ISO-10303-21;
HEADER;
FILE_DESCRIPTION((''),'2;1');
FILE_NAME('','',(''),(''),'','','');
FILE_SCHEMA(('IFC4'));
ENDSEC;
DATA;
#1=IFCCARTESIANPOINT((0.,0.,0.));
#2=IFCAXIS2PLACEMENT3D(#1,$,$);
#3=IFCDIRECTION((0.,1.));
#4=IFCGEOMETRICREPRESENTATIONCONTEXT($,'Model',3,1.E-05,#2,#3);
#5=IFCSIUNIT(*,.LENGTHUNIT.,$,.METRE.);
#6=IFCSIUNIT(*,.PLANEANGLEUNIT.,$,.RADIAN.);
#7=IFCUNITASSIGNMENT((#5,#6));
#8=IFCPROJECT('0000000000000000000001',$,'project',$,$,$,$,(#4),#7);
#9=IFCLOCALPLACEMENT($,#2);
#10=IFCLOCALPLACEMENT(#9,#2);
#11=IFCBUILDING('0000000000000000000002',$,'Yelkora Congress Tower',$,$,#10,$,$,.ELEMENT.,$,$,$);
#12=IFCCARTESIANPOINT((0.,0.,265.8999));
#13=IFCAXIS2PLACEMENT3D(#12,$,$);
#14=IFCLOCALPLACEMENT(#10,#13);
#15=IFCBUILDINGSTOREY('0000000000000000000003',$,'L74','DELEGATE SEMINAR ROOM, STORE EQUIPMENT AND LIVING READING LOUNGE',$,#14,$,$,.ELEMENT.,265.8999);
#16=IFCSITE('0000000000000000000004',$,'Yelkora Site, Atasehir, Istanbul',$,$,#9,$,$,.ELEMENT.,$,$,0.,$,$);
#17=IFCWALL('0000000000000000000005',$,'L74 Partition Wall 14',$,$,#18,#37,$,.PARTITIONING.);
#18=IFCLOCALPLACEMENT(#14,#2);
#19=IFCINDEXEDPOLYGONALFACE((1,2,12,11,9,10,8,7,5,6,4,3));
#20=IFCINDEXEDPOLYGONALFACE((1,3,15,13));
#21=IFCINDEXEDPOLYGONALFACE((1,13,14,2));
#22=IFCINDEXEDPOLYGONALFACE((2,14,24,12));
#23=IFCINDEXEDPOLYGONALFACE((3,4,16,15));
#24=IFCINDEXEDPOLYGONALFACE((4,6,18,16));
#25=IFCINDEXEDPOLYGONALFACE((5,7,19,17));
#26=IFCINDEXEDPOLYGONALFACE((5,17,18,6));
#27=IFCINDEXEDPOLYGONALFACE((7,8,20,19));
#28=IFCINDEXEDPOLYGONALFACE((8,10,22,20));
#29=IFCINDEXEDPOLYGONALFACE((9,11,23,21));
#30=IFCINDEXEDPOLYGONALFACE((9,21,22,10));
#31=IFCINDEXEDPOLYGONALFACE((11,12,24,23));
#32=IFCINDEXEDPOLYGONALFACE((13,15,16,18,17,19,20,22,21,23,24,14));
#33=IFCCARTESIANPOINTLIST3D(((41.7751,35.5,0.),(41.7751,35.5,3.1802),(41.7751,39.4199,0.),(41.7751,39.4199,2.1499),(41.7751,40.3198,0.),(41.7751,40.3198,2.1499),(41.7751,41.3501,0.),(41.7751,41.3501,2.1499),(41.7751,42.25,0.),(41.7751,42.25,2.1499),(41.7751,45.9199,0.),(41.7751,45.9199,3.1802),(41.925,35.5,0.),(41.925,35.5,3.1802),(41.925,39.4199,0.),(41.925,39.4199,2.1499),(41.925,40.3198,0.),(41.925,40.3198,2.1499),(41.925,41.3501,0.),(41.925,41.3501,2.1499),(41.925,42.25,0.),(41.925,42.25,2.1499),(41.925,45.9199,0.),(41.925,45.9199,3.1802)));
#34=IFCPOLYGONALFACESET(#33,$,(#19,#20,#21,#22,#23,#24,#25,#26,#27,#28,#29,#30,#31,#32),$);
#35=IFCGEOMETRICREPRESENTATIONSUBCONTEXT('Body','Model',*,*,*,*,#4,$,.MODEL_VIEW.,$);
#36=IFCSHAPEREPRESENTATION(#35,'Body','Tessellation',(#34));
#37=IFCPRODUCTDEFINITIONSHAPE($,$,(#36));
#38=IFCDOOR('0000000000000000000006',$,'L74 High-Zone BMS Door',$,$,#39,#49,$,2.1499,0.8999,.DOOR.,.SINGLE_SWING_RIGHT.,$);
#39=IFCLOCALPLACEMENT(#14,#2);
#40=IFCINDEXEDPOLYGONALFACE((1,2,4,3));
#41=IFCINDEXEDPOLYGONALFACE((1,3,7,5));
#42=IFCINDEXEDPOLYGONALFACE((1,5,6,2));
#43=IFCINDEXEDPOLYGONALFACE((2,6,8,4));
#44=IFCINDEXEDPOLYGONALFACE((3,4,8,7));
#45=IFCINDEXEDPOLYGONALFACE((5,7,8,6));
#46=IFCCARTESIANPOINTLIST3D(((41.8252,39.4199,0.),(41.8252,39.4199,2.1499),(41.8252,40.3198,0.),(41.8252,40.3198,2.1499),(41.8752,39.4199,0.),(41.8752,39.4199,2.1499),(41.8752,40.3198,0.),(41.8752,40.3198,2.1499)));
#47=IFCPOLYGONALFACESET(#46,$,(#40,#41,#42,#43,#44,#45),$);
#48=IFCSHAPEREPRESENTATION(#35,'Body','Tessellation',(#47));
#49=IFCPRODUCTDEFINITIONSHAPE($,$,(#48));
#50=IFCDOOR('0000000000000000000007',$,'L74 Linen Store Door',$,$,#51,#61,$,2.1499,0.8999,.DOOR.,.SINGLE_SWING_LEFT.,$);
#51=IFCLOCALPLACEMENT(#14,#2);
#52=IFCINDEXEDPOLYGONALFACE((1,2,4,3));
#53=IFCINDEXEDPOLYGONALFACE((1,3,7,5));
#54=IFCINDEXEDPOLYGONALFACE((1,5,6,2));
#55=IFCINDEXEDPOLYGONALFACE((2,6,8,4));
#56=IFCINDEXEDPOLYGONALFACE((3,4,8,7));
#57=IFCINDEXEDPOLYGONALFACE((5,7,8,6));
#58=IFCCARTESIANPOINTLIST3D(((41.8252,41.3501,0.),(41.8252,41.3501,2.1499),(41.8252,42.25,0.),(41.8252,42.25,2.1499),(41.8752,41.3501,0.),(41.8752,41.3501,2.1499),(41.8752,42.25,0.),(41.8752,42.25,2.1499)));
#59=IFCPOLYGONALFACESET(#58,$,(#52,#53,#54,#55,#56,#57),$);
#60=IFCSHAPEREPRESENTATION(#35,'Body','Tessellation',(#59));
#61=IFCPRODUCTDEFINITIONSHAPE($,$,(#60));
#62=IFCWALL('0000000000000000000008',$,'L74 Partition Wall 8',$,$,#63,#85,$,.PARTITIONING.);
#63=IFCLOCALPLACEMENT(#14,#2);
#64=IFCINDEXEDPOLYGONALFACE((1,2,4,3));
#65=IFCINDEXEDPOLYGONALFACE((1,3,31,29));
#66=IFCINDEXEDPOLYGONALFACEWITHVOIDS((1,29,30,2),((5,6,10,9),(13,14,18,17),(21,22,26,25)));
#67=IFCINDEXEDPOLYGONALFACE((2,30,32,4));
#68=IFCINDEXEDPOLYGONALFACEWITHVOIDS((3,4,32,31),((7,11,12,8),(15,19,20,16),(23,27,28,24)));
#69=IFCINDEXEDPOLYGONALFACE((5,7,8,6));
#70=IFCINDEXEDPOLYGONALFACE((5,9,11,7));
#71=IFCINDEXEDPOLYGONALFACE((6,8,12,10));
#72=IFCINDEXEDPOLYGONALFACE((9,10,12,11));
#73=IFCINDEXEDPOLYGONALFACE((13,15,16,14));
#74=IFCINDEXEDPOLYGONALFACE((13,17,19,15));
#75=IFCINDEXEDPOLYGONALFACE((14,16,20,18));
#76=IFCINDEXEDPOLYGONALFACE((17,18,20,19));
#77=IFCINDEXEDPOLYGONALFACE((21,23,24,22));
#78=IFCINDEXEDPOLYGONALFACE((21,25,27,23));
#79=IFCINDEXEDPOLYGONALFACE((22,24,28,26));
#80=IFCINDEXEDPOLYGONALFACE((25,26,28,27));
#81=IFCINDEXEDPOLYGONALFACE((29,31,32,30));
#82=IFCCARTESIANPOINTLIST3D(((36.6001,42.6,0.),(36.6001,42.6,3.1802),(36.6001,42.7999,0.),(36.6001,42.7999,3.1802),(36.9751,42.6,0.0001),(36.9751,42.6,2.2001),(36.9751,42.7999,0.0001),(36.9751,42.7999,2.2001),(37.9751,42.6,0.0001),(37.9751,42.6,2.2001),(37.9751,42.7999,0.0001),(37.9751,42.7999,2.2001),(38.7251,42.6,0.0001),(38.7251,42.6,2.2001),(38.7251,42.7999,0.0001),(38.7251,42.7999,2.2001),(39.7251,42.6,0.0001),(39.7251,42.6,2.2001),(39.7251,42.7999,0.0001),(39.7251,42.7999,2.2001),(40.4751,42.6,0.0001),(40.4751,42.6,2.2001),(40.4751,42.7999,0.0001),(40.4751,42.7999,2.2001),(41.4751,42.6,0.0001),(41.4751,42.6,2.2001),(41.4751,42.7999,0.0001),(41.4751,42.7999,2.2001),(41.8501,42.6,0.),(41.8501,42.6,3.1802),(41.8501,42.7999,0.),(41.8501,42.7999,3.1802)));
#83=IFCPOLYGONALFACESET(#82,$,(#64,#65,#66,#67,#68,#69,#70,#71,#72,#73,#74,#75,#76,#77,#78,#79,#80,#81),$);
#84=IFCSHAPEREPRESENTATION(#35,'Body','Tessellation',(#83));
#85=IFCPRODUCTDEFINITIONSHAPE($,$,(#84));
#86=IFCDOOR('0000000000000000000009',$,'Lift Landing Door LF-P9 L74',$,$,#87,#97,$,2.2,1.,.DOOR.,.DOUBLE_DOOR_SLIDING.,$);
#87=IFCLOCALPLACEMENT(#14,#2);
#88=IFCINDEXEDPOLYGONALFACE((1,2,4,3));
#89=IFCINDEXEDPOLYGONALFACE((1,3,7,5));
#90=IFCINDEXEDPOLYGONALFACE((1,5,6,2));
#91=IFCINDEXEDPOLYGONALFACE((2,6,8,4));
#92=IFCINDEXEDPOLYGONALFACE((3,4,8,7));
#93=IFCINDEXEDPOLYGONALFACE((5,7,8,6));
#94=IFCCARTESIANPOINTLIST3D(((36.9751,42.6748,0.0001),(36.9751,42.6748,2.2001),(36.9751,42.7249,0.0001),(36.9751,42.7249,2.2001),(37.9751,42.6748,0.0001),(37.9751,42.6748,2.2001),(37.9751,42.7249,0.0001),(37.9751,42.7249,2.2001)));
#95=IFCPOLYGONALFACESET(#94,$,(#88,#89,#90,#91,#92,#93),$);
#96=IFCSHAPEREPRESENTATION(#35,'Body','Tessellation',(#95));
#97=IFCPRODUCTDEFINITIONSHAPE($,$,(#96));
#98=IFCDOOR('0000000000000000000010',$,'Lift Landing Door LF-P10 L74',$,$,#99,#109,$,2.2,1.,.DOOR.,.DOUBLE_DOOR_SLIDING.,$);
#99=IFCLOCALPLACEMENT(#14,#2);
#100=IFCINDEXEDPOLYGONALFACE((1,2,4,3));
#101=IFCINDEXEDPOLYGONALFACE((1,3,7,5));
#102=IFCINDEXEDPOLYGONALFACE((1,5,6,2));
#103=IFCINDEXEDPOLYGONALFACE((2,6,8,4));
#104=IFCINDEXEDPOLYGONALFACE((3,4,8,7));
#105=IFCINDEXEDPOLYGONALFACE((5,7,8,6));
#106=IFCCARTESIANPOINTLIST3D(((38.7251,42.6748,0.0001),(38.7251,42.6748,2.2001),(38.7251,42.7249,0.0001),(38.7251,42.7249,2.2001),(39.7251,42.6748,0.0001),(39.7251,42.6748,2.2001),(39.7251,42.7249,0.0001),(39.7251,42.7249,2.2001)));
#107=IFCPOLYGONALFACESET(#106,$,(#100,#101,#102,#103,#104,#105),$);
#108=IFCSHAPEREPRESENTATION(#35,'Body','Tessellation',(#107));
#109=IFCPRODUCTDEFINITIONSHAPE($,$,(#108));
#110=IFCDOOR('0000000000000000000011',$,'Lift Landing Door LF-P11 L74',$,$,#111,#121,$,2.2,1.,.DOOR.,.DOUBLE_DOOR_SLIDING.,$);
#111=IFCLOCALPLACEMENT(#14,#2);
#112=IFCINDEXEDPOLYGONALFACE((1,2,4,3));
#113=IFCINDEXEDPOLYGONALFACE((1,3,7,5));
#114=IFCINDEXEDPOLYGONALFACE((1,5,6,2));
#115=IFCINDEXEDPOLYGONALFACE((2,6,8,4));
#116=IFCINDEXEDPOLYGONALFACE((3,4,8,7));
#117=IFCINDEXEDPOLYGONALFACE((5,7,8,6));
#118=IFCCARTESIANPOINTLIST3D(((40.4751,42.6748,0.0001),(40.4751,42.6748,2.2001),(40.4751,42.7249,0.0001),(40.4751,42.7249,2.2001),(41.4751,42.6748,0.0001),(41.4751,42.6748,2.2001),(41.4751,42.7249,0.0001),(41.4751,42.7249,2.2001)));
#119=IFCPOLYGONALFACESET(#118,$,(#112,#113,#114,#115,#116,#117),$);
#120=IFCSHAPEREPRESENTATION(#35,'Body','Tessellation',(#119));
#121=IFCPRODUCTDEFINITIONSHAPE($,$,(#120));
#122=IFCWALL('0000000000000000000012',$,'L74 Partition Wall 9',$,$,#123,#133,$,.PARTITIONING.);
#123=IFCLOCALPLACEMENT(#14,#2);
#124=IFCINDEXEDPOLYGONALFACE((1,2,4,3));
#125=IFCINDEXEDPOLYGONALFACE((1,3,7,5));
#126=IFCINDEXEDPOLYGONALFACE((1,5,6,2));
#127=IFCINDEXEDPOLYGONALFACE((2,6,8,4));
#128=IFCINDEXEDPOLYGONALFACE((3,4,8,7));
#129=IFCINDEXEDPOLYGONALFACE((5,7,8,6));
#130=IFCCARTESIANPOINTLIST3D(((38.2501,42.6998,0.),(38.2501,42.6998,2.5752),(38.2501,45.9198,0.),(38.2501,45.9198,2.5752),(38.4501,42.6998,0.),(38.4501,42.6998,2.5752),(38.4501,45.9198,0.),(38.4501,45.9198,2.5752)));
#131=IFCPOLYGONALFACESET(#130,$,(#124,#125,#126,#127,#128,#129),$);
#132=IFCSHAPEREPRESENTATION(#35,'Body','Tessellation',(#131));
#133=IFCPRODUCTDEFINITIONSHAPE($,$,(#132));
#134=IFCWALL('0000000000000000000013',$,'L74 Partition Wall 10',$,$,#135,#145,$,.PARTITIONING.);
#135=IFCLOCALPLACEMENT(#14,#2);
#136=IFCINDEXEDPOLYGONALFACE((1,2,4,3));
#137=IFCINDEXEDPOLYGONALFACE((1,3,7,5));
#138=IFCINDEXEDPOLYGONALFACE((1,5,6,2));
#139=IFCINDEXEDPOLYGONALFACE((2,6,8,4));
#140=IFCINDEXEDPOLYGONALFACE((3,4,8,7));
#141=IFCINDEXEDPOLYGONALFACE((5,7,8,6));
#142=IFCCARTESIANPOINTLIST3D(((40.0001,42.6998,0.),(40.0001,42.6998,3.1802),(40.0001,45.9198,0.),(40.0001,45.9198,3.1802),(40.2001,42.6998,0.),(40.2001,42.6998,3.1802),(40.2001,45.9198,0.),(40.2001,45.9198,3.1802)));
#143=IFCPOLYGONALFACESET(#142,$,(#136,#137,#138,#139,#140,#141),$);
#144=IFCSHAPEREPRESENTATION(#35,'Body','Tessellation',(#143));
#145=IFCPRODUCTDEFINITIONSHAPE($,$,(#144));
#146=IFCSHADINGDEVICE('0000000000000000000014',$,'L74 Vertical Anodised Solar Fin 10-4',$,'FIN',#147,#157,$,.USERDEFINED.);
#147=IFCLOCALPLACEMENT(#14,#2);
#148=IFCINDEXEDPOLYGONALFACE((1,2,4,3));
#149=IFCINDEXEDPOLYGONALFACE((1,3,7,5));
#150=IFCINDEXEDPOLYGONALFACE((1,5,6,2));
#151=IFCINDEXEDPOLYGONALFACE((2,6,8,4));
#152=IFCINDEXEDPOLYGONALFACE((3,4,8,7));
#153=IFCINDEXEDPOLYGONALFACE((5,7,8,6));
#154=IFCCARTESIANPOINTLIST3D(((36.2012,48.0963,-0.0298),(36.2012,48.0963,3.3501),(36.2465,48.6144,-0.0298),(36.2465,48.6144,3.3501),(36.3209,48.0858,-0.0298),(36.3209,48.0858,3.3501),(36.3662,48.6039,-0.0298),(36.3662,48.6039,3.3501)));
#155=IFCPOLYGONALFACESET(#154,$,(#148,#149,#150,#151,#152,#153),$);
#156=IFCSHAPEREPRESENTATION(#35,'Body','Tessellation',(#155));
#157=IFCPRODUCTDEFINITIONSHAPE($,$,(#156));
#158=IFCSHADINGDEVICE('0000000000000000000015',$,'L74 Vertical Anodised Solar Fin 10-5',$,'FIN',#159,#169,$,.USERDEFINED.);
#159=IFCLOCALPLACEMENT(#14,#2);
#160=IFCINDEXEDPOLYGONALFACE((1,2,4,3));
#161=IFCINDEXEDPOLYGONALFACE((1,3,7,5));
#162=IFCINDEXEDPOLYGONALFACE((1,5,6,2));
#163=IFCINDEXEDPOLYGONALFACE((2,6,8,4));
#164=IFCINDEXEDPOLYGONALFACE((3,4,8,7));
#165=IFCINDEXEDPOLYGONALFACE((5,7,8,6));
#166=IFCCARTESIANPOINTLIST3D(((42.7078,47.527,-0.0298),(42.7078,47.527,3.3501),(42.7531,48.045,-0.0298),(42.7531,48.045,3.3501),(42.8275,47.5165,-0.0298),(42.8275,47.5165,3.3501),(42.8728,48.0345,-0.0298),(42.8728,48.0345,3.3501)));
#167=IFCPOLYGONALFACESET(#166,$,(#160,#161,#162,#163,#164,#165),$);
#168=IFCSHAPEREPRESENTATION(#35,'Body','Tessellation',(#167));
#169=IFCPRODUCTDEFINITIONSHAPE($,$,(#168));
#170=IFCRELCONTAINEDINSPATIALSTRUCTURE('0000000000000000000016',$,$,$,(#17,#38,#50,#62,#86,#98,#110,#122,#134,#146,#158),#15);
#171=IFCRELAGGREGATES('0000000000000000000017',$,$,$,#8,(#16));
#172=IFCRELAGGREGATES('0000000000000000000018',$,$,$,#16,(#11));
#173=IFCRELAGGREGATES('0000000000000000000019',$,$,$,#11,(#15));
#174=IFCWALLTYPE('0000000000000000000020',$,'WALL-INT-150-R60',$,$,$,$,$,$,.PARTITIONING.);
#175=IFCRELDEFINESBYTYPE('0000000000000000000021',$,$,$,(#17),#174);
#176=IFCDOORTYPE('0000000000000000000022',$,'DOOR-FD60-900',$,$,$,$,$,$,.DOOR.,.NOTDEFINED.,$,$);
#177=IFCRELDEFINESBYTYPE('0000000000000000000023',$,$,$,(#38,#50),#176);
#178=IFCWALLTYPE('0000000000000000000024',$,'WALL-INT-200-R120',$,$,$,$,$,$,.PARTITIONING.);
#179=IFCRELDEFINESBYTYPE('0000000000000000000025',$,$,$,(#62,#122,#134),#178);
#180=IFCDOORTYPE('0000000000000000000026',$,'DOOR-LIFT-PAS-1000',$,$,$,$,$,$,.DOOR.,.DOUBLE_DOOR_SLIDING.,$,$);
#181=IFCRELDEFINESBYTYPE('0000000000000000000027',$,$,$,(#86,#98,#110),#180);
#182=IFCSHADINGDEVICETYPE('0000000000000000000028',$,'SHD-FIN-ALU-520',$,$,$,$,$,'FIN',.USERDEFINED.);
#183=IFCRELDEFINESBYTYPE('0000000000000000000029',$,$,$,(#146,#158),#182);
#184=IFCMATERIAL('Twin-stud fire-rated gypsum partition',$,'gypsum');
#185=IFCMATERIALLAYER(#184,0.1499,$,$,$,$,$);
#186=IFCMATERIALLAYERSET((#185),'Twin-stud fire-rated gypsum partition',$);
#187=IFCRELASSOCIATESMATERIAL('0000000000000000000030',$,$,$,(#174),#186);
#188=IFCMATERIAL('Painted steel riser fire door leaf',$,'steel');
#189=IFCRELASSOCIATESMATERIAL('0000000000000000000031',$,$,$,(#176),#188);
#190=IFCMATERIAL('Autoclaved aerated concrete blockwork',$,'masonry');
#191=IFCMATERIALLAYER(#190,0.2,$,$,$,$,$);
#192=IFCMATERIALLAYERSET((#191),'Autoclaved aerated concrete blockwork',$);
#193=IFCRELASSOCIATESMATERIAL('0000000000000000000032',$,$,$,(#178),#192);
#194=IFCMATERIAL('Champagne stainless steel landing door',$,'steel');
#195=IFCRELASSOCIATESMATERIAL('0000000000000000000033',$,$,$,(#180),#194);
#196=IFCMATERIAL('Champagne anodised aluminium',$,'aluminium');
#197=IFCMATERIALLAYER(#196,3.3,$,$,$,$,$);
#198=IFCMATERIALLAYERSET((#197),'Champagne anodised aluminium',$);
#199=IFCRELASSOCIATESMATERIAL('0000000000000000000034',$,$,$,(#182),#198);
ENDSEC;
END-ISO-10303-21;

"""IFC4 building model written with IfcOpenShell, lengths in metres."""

from ifc_helpers import new_model, si_unit, direction, frame, frame_2d, origin, origin_2d, place, context, subcontext, project, spatial, rectangle, extrude, material, layer, layer_set, type_object, element, fill, save


model = new_model("IFC4")

# Units and contexts
model_context = context("Model", 3, precision=1e-05, world=origin(), true_north=direction((0.0, 1.0)))
body_context = subcontext(model_context, "Body", "Model", "MODEL_VIEW")
ifc_project = project(units=[si_unit("LENGTHUNIT", "METRE"), si_unit("PLANEANGLEUNIT", "RADIAN")], contexts=[model_context])

# Site, building, storey
site_placement = place(None, origin())
site = spatial("IfcSite", under=ifc_project, at=site_placement, Name="Yelkora Site, Atasehir, Istanbul", CompositionType="ELEMENT", RefElevation=0.0)
building_placement = place(site_placement, origin())
building = spatial("IfcBuilding", under=site, at=building_placement, Name="Yelkora Congress Tower", CompositionType="ELEMENT")
storey_placement = place(building_placement, frame((0.0, 0.0, 265.8999)))
storey = spatial("IfcBuildingStorey", under=building, at=storey_placement, Name="L74", Description="DELEGATE SEMINAR ROOM, STORE EQUIPMENT AND LIVING READING LOUNGE", CompositionType="ELEMENT", Elevation=265.8999)

# Shared definitions
ifc_material_1 = material(Name="Twin-stud fire-rated gypsum partition", Category="gypsum")
ifc_layer_1 = layer(ifc_material_1, 0.1499)
ifc_layer_set_1 = layer_set([ifc_layer_1], Name="Twin-stud fire-rated gypsum partition")
wall_type_1 = type_object("IfcWallType", Name="WALL-INT-150-R60", PredefinedType="PARTITIONING", material=ifc_layer_set_1)

# Shared definitions
ifc_material_2 = material(Name="Painted steel riser fire door leaf", Category="steel")
door_type_1 = type_object("IfcDoorType", Name="DOOR-FD60-900", OperationType="NOTDEFINED", PredefinedType="DOOR", material=ifc_material_2)

# Walls, openings, doors
wall_1_placement = place(storey_placement, frame((41.8501, 35.5, 0.0), z_axis=(0.0, 0.0, 1.0), x_axis=(0.0, 1.0, 0.0)))
wall_1 = element("IfcWall", 1, at=wall_1_placement, inside=storey, type_object=wall_type_1, Name="L74 Partition Wall 14", PredefinedType="PARTITIONING", context=body_context, shape_type="SweptSolid", body=[
    extrude(rectangle(XDim=10.4199, YDim=0.1499, at=frame_2d((5.21, 0.0))), origin(), (0.0, 0.0, 1.0), 3.1802),
])
opening_1_placement = place(wall_1_placement, frame((3.9199, 0.0, 0.0)))
opening_1 = element("IfcOpeningElement", 2, at=opening_1_placement, cuts=wall_1, PredefinedType="OPENING", context=body_context, shape_type="SweptSolid", body=[
    extrude(rectangle(XDim=0.8999, YDim=2.1499, at=frame_2d((0.45, 1.075))), frame((0.0, 0.085, 0.0), z_axis=(0.0, -1.0, 0.0), x_axis=(1.0, 0.0, 0.0)), (0.0, 0.0, 1.0), 0.1699),
])
opening_2_placement = place(wall_1_placement, frame((5.8501, 0.0, 0.0)))
opening_2 = element("IfcOpeningElement", 3, at=opening_2_placement, cuts=wall_1, PredefinedType="OPENING", context=body_context, shape_type="SweptSolid", body=[
    extrude(rectangle(XDim=0.8999, YDim=2.1499, at=frame_2d((0.45, 1.075))), frame((0.0, 0.085, 0.0), z_axis=(0.0, -1.0, 0.0), x_axis=(1.0, 0.0, 0.0)), (0.0, 0.0, 1.0), 0.1699),
])
door_1_placement = place(opening_1_placement, origin())
door_1 = element("IfcDoor", 4, at=door_1_placement, inside=storey, type_object=door_type_1, Name="L74 High-Zone BMS Door", OperationType="SINGLE_SWING_RIGHT", OverallHeight=2.1499, OverallWidth=0.8999, PredefinedType="DOOR", context=body_context, shape_type="SweptSolid", body=[
    extrude(rectangle(XDim=0.8999, YDim=2.1499, at=frame_2d((0.45, 1.075))), frame((0.0, 0.0249, 0.0), z_axis=(0.0, -1.0, 0.0), x_axis=(1.0, 0.0, 0.0)), (0.0, 0.0, 1.0), 0.05),
])
fill(opening_1, door_1)
door_2_placement = place(opening_2_placement, origin())
door_2 = element("IfcDoor", 5, at=door_2_placement, inside=storey, type_object=door_type_1, Name="L74 Linen Store Door", OperationType="SINGLE_SWING_LEFT", OverallHeight=2.1499, OverallWidth=0.8999, PredefinedType="DOOR", context=body_context, shape_type="SweptSolid", body=[
    extrude(rectangle(XDim=0.8999, YDim=2.1499, at=frame_2d((0.45, 1.075))), frame((0.0, 0.0249, 0.0), z_axis=(0.0, -1.0, 0.0), x_axis=(1.0, 0.0, 0.0)), (0.0, 0.0, 1.0), 0.05),
])
fill(opening_2, door_2)
ifc_material_3 = material(Name="Autoclaved aerated concrete blockwork", Category="masonry")
ifc_layer_2 = layer(ifc_material_3, 0.2)
ifc_layer_set_2 = layer_set([ifc_layer_2], Name="Autoclaved aerated concrete blockwork")
wall_type_2 = type_object("IfcWallType", Name="WALL-INT-200-R120", PredefinedType="PARTITIONING", material=ifc_layer_set_2)
wall_2_placement = place(storey_placement, frame((36.6001, 42.7, 0.0), z_axis=(0.0, 0.0, 1.0), x_axis=(1.0, 0.0, 0.0)))
wall_2 = element("IfcWall", 6, at=wall_2_placement, inside=storey, type_object=wall_type_2, Name="L74 Partition Wall 8", PredefinedType="PARTITIONING", context=body_context, shape_type="SweptSolid", body=[
    extrude(rectangle(XDim=5.25, YDim=0.2, at=frame_2d((2.625, 0.0))), origin(), (0.0, 0.0, 1.0), 3.1802),
])
opening_3_placement = place(wall_2_placement, frame((0.375, 0.0, 0.0)))
opening_3 = element("IfcOpeningElement", 7, at=opening_3_placement, cuts=wall_2, PredefinedType="OPENING", context=body_context, shape_type="SweptSolid", body=[
    extrude(rectangle(XDim=1.0, YDim=2.2, at=frame_2d((0.5, 1.1001))), frame((0.0, 0.1099, 0.0), z_axis=(0.0, -1.0, 0.0), x_axis=(1.0, 0.0, 0.0)), (0.0, 0.0, 1.0), 0.22),
])
opening_4_placement = place(wall_2_placement, frame((2.125, 0.0, 0.0)))
opening_4 = element("IfcOpeningElement", 8, at=opening_4_placement, cuts=wall_2, PredefinedType="OPENING", context=body_context, shape_type="SweptSolid", body=[
    extrude(rectangle(XDim=1.0, YDim=2.2, at=frame_2d((0.5, 1.1001))), frame((0.0, 0.1099, 0.0), z_axis=(0.0, -1.0, 0.0), x_axis=(1.0, 0.0, 0.0)), (0.0, 0.0, 1.0), 0.22),
])
opening_5_placement = place(wall_2_placement, frame((3.875, 0.0, 0.0)))
opening_5 = element("IfcOpeningElement", 9, at=opening_5_placement, cuts=wall_2, PredefinedType="OPENING", context=body_context, shape_type="SweptSolid", body=[
    extrude(rectangle(XDim=1.0, YDim=2.2, at=frame_2d((0.5, 1.1001))), frame((0.0, 0.1099, 0.0), z_axis=(0.0, -1.0, 0.0), x_axis=(1.0, 0.0, 0.0)), (0.0, 0.0, 1.0), 0.22),
])
ifc_material_4 = material(Name="Champagne stainless steel landing door", Category="steel")
door_type_2 = type_object("IfcDoorType", Name="DOOR-LIFT-PAS-1000", OperationType="DOUBLE_DOOR_SLIDING", PredefinedType="DOOR", material=ifc_material_4)
door_3_placement = place(opening_3_placement, origin())
door_3 = element("IfcDoor", 10, at=door_3_placement, inside=storey, type_object=door_type_2, Name="Lift Landing Door LF-P9 L74", OperationType="DOUBLE_DOOR_SLIDING", OverallHeight=2.2, OverallWidth=1.0, PredefinedType="DOOR", context=body_context, shape_type="SweptSolid", body=[
    extrude(rectangle(XDim=1.0, YDim=2.2, at=frame_2d((0.5, 1.1001))), frame((0.0, 0.0249, 0.0), z_axis=(0.0, -1.0, 0.0), x_axis=(1.0, 0.0, 0.0)), (0.0, 0.0, 1.0), 0.05),
])
fill(opening_3, door_3)
door_4_placement = place(opening_4_placement, origin())
door_4 = element("IfcDoor", 11, at=door_4_placement, inside=storey, type_object=door_type_2, Name="Lift Landing Door LF-P10 L74", OperationType="DOUBLE_DOOR_SLIDING", OverallHeight=2.2, OverallWidth=1.0, PredefinedType="DOOR", context=body_context, shape_type="SweptSolid", body=[
    extrude(rectangle(XDim=1.0, YDim=2.2, at=frame_2d((0.5, 1.1001))), frame((0.0, 0.0249, 0.0), z_axis=(0.0, -1.0, 0.0), x_axis=(1.0, 0.0, 0.0)), (0.0, 0.0, 1.0), 0.05),
])
fill(opening_4, door_4)
door_5_placement = place(opening_5_placement, origin())
door_5 = element("IfcDoor", 12, at=door_5_placement, inside=storey, type_object=door_type_2, Name="Lift Landing Door LF-P11 L74", OperationType="DOUBLE_DOOR_SLIDING", OverallHeight=2.2, OverallWidth=1.0, PredefinedType="DOOR", context=body_context, shape_type="SweptSolid", body=[
    extrude(rectangle(XDim=1.0, YDim=2.2, at=frame_2d((0.5, 1.1001))), frame((0.0, 0.0249, 0.0), z_axis=(0.0, -1.0, 0.0), x_axis=(1.0, 0.0, 0.0)), (0.0, 0.0, 1.0), 0.05),
])
fill(opening_5, door_5)

# Walls
wall_3_placement = place(storey_placement, frame((38.3501, 42.7, 0.0), z_axis=(0.0, 0.0, 1.0), x_axis=(0.0, 1.0, 0.0)))
element("IfcWall", 13, at=wall_3_placement, inside=storey, type_object=wall_type_2, Name="L74 Partition Wall 9", PredefinedType="PARTITIONING", context=body_context, shape_type="SweptSolid", body=[
    extrude(rectangle(XDim=3.22, YDim=0.2, at=frame_2d((1.6099, 0.0))), origin(), (0.0, 0.0, 1.0), 2.5752),
])
wall_4_placement = place(storey_placement, frame((40.1001, 42.7, 0.0), z_axis=(0.0, 0.0, 1.0), x_axis=(0.0, 1.0, 0.0)))
element("IfcWall", 14, at=wall_4_placement, inside=storey, type_object=wall_type_2, Name="L74 Partition Wall 10", PredefinedType="PARTITIONING", context=body_context, shape_type="SweptSolid", body=[
    extrude(rectangle(XDim=3.22, YDim=0.2, at=frame_2d((1.6099, 0.0))), origin(), (0.0, 0.0, 1.0), 3.1802),
])

# Shading devices
ifc_material_5 = material(Name="Champagne anodised aluminium", Category="aluminium")
ifc_layer_3 = layer(ifc_material_5, 3.3)
ifc_layer_set_3 = layer_set([ifc_layer_3], Name="Champagne anodised aluminium")
shading_device_type = type_object("IfcShadingDeviceType", Name="SHD-FIN-ALU-520", ElementType="FIN", PredefinedType="USERDEFINED", material=ifc_layer_set_3)
for number, where, z_axis, x_axis, name in (
    (15, (36.2837, 48.3501, -0.0298), (0.0, 0.0, 1.0), (0.996195, -0.087156, 0.0), "L74 Vertical Anodised Solar Fin 10-4"),
    (16, (42.7903, 47.7808, -0.0298), (0.0, 0.0, 1.0), (0.996195, -0.087156, 0.0), "L74 Vertical Anodised Solar Fin 10-5"),
):
    element("IfcShadingDevice", number, at=place(storey_placement, frame(where, z_axis=z_axis, x_axis=x_axis)), inside=storey, type_object=shading_device_type, Name=name, ObjectType="FIN", PredefinedType="USERDEFINED", context=body_context, shape_type="SweptSolid", body=[
        extrude(rectangle(XDim=0.1201, YDim=0.52, at=origin_2d()), origin(), (0.0, 0.0, 1.0), 3.3799),
    ])

save(model, "model.ifc")
